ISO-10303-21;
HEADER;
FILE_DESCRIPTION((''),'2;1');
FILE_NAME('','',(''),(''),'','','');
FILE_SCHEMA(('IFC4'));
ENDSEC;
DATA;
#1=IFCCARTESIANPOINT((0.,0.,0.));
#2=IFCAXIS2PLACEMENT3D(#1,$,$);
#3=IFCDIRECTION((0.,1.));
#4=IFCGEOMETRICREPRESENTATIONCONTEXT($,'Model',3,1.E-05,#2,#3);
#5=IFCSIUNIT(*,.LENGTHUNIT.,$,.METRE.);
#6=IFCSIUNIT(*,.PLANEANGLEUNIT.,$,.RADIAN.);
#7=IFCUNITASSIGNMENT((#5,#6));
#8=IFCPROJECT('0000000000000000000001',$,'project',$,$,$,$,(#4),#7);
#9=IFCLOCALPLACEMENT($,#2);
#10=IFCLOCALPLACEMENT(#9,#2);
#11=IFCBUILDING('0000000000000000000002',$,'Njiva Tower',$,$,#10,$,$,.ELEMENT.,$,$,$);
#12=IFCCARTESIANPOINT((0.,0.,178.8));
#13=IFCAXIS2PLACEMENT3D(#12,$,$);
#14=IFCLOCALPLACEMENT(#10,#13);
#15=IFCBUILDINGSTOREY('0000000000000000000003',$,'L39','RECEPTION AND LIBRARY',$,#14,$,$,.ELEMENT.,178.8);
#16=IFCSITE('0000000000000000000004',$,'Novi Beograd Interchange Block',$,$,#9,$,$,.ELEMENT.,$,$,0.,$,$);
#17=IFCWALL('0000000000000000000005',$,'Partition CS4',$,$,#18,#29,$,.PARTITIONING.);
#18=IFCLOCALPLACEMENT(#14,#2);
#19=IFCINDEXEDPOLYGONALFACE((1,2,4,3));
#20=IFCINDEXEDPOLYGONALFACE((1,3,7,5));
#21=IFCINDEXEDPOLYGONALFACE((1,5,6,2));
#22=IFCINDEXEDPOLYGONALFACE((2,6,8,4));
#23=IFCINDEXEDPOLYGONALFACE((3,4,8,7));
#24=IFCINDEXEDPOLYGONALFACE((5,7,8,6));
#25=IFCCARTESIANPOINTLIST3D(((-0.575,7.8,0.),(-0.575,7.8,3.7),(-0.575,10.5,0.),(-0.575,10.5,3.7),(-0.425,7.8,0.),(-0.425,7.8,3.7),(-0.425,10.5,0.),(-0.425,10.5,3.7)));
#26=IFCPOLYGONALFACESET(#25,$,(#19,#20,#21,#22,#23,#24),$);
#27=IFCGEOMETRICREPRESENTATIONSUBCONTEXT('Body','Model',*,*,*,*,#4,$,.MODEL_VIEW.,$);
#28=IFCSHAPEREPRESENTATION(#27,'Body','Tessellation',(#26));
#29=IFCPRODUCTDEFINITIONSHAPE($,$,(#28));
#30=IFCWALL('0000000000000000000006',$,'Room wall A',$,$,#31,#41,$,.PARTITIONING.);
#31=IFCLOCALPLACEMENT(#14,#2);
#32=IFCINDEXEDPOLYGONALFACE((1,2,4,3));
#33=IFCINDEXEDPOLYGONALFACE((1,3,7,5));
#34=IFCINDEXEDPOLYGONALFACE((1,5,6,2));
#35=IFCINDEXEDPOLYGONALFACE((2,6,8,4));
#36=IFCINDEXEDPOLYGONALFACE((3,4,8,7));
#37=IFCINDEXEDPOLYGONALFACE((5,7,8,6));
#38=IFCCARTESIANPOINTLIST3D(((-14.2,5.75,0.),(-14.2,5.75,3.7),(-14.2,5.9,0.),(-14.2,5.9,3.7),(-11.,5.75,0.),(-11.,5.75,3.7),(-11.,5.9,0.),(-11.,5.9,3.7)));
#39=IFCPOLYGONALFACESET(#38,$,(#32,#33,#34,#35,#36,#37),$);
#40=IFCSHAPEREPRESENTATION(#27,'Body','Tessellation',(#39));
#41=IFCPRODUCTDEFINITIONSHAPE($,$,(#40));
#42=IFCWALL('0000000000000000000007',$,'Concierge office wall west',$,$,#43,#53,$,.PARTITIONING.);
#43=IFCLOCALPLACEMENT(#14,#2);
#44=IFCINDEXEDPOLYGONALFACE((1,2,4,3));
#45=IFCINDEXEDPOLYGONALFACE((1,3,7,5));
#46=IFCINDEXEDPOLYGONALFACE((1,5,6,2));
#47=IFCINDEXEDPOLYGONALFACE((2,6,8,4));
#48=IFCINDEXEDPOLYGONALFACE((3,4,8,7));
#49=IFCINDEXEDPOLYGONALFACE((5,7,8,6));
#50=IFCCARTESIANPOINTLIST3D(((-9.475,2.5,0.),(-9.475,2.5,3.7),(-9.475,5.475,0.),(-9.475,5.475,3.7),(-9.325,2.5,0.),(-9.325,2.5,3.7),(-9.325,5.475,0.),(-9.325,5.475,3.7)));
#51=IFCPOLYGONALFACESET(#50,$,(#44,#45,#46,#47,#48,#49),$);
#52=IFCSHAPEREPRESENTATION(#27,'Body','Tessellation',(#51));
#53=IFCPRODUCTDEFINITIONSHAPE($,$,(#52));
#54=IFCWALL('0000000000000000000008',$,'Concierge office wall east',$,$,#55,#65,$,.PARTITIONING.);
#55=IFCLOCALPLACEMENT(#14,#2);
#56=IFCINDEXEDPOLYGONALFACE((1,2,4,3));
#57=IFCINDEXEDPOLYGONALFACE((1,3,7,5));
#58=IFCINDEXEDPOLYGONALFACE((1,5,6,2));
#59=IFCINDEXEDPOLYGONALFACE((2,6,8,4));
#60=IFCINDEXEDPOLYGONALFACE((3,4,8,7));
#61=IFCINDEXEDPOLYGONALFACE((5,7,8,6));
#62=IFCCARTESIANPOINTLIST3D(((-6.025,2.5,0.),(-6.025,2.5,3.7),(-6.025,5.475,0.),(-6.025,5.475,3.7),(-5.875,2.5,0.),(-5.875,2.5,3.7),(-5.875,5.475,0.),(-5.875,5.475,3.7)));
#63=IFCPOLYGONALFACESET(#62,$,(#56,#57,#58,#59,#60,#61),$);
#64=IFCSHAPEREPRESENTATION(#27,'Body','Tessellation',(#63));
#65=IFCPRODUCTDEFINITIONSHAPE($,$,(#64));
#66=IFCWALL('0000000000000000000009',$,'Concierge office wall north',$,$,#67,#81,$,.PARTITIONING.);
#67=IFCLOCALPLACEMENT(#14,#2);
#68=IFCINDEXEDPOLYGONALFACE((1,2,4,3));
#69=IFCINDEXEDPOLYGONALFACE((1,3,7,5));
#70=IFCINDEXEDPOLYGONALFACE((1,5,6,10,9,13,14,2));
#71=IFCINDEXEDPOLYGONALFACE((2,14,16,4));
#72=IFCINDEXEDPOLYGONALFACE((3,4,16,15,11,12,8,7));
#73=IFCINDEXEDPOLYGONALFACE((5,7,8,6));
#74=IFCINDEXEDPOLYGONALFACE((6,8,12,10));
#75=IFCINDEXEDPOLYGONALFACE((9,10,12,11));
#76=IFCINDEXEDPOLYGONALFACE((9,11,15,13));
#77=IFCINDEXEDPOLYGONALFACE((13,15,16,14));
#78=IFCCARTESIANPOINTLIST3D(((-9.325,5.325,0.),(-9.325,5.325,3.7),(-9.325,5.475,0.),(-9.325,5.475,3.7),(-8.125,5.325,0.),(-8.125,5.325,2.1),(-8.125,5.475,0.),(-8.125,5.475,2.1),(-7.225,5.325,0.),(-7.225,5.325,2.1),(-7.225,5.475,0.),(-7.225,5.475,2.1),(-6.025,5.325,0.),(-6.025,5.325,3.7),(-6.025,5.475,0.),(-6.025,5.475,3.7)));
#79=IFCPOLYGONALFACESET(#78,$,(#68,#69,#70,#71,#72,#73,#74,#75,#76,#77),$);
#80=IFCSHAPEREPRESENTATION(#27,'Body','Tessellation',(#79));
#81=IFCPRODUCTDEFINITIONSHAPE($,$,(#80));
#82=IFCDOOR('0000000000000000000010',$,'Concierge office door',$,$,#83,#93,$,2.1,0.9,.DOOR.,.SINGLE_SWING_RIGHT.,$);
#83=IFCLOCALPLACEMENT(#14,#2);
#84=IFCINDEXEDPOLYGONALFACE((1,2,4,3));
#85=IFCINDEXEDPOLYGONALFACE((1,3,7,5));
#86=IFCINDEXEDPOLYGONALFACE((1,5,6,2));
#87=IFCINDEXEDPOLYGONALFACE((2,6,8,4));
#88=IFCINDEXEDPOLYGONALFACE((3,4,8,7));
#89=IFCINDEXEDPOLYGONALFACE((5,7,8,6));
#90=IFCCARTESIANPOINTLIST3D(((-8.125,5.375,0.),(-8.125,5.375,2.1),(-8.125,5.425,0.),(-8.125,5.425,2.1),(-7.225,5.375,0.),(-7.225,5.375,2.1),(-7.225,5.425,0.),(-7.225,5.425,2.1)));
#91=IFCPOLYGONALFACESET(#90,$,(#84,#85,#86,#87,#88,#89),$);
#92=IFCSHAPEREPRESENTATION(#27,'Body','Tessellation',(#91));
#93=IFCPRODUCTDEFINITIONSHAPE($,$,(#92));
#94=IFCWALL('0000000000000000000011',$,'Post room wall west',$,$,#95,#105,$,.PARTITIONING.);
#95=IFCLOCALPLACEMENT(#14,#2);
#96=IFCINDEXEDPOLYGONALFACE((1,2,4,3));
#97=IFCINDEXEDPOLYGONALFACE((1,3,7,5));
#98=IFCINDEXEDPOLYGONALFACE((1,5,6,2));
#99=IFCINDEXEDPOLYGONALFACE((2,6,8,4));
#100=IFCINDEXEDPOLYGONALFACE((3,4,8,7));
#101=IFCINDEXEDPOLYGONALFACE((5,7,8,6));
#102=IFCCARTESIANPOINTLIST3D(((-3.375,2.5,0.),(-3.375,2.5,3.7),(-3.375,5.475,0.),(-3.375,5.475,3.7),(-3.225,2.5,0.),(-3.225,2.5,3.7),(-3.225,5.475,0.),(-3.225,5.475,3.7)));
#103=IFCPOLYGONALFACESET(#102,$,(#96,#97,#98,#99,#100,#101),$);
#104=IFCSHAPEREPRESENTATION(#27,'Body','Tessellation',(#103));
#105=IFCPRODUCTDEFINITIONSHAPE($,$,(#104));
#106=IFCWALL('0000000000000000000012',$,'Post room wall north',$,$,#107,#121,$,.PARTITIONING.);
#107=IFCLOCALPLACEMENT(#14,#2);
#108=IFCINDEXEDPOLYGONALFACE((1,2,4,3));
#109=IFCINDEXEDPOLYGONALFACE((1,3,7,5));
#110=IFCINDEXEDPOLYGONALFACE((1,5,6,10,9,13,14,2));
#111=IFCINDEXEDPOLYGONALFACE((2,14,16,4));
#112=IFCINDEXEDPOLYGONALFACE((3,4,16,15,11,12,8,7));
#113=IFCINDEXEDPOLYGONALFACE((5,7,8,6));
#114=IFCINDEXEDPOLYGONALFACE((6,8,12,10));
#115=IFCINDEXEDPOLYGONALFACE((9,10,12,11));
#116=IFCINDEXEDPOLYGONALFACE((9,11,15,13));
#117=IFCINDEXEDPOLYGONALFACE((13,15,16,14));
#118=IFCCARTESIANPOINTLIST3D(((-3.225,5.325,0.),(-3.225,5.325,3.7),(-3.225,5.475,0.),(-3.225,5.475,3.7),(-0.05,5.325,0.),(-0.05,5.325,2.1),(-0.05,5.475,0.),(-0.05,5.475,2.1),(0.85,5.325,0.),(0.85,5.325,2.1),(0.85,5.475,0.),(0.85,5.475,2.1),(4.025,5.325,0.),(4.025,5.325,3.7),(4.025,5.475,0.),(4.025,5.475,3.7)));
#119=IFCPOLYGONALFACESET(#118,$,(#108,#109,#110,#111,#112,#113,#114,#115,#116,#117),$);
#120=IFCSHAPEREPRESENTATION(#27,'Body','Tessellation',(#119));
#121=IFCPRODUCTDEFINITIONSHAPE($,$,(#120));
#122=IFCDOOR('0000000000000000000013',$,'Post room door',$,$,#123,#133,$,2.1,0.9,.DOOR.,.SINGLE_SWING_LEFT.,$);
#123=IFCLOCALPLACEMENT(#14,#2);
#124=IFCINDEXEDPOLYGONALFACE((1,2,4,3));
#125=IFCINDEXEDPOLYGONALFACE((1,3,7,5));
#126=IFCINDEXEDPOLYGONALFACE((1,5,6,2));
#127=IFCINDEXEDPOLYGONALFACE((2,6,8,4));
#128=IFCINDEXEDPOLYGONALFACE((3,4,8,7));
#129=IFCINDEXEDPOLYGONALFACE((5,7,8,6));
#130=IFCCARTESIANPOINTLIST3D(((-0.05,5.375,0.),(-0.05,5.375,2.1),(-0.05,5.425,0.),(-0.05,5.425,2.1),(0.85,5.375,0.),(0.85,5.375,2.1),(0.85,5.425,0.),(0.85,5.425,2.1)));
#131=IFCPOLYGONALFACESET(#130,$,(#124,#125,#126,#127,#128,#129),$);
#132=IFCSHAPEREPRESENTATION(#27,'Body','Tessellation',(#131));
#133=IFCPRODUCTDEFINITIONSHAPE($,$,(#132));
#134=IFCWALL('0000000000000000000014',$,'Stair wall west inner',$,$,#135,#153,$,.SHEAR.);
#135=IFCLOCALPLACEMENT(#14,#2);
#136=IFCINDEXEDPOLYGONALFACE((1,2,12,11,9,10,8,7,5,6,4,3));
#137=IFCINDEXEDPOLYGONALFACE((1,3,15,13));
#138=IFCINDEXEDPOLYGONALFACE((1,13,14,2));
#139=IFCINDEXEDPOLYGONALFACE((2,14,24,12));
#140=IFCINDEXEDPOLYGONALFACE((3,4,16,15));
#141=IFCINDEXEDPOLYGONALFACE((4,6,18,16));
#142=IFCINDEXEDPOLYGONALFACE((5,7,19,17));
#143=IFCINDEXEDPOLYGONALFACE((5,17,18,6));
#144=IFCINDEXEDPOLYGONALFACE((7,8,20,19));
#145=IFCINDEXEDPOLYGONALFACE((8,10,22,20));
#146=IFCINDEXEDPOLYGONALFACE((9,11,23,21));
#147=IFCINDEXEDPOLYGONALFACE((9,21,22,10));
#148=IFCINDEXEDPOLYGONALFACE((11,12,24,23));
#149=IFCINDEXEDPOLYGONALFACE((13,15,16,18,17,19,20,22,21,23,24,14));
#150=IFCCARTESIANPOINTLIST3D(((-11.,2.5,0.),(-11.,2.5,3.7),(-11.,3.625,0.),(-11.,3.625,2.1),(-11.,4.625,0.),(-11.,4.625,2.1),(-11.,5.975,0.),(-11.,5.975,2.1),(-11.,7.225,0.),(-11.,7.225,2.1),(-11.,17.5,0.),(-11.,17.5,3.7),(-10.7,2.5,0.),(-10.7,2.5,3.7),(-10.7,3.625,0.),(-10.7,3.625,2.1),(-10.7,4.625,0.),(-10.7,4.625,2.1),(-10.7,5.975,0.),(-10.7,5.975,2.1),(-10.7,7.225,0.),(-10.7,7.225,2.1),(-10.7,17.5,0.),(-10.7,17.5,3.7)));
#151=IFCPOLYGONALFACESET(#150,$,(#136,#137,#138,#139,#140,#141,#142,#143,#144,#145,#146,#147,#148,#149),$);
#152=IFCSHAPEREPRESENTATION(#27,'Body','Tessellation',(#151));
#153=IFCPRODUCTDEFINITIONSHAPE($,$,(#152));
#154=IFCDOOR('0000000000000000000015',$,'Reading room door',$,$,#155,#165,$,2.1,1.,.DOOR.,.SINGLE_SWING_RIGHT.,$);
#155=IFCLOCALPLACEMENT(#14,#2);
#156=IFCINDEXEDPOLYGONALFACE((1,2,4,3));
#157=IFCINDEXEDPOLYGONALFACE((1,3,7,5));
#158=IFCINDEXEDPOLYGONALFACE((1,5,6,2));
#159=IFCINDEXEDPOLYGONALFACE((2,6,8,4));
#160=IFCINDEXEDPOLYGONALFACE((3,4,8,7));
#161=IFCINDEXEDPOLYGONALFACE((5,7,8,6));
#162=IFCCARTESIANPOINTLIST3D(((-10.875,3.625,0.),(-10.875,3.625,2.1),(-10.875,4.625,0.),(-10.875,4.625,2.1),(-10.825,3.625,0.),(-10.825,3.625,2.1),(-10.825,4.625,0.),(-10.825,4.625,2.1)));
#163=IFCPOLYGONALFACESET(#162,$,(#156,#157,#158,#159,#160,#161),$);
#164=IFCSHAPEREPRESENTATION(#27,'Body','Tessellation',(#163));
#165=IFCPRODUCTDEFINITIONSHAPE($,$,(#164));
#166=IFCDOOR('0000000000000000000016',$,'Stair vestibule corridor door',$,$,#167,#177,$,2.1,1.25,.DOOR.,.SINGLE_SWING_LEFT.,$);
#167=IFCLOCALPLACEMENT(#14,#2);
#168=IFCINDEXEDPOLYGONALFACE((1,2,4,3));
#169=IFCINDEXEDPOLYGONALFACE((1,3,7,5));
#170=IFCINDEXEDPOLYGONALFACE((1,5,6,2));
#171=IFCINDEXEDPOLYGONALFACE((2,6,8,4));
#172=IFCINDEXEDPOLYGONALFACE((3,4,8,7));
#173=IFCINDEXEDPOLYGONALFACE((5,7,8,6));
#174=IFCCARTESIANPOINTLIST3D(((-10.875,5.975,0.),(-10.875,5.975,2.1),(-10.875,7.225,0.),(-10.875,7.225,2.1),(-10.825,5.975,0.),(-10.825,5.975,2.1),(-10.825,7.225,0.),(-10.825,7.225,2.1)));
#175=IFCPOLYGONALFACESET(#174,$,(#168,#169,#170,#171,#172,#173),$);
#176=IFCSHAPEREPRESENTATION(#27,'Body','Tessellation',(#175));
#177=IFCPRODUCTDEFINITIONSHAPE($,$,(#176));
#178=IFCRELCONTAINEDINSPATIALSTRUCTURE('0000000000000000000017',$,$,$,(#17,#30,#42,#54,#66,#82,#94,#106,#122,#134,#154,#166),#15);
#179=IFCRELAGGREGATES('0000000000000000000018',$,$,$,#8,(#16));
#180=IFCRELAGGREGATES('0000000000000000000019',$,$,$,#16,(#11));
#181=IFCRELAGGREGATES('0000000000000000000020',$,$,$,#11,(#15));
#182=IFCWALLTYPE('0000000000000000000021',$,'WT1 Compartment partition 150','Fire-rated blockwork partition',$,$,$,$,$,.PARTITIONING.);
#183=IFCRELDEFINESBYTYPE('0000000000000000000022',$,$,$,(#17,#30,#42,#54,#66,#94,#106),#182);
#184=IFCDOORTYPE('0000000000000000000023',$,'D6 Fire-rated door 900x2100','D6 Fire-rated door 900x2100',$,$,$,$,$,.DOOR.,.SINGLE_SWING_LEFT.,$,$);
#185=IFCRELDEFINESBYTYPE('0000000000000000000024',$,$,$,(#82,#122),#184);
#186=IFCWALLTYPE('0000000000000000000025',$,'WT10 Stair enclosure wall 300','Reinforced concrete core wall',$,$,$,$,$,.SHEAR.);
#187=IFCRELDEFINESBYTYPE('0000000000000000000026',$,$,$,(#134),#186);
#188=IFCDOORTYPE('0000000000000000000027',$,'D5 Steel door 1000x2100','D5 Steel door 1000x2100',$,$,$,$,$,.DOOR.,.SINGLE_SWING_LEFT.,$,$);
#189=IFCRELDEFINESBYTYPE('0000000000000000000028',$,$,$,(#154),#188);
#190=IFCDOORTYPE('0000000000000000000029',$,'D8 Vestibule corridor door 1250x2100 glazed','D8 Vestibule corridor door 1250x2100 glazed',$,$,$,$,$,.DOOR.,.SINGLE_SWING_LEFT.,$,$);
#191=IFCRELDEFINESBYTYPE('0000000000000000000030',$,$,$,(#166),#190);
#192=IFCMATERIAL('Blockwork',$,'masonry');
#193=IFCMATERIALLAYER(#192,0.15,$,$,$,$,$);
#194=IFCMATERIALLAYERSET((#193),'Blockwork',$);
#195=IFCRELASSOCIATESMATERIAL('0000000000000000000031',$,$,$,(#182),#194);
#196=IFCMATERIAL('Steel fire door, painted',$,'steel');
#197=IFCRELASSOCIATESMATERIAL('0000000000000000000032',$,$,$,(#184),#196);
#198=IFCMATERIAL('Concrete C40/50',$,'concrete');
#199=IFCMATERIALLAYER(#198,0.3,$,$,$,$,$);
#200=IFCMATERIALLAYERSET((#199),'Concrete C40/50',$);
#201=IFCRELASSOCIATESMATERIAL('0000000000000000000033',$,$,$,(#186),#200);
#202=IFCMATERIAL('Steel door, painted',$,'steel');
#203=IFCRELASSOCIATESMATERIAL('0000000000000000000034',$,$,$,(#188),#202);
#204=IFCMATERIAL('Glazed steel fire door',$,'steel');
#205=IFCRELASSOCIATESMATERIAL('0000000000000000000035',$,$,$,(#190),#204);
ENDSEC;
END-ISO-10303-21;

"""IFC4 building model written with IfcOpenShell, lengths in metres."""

from ifc_helpers import new_model, si_unit, direction, frame, frame_2d, origin, place, context, subcontext, project, spatial, rectangle, extrude, material, layer, layer_set, type_object, element, fill, save


model = new_model("IFC4")

# Units and contexts
model_context = context("Model", 3, precision=1e-05, world=origin(), true_north=direction((0.0, 1.0)))
body_context = subcontext(model_context, "Body", "Model", "MODEL_VIEW")
ifc_project = project(units=[si_unit("LENGTHUNIT", "METRE"), si_unit("PLANEANGLEUNIT", "RADIAN")], contexts=[model_context])

# Site, building, storey
site_placement = place(None, origin())
site = spatial("IfcSite", under=ifc_project, at=site_placement, Name="Novi Beograd Interchange Block", CompositionType="ELEMENT", RefElevation=0.0)
building_placement = place(site_placement, origin())
building = spatial("IfcBuilding", under=site, at=building_placement, Name="Njiva Tower", CompositionType="ELEMENT")
storey_placement = place(building_placement, frame((0.0, 0.0, 178.8)))
storey = spatial("IfcBuildingStorey", under=building, at=storey_placement, Name="L39", Description="RECEPTION AND LIBRARY", CompositionType="ELEMENT", Elevation=178.8)

# Walls
ifc_material_1 = material(Name="Blockwork", Category="masonry")
ifc_layer_1 = layer(ifc_material_1, 0.15)
ifc_layer_set_1 = layer_set([ifc_layer_1], Name="Blockwork")
wall_type_1 = type_object("IfcWallType", Name="WT1 Compartment partition 150", Description="Fire-rated blockwork partition", PredefinedType="PARTITIONING", material=ifc_layer_set_1)
wall_1_placement = place(storey_placement, frame((-0.5, 7.8, 0.0), z_axis=(0.0, 0.0, 1.0), x_axis=(0.0, 1.0, 0.0)))
element("IfcWall", 1, at=wall_1_placement, inside=storey, type_object=wall_type_1, Name="Partition CS4", PredefinedType="PARTITIONING", context=body_context, shape_type="SweptSolid", body=[
    extrude(rectangle(XDim=2.7, YDim=0.15, at=frame_2d((1.35, 0.0))), origin(), (0.0, 0.0, 1.0), 3.7),
])
wall_2_placement = place(storey_placement, frame((-14.2, 5.825, 0.0), z_axis=(0.0, 0.0, 1.0), x_axis=(1.0, 0.0, 0.0)))
element("IfcWall", 2, at=wall_2_placement, inside=storey, type_object=wall_type_1, Name="Room wall A", PredefinedType="PARTITIONING", context=body_context, shape_type="SweptSolid", body=[
    extrude(rectangle(XDim=3.2, YDim=0.15, at=frame_2d((1.6, 0.0))), origin(), (0.0, 0.0, 1.0), 3.7),
])
for number, where, z_axis, x_axis, name in (
    (3, (-9.4, 2.5, 0.0), (0.0, 0.0, 1.0), (0.0, 1.0, 0.0), "Concierge office wall west"),
    (4, (-5.95, 2.5, 0.0), (0.0, 0.0, 1.0), (0.0, 1.0, 0.0), "Concierge office wall east"),
):
    element("IfcWall", number, at=place(storey_placement, frame(where, z_axis=z_axis, x_axis=x_axis)), inside=storey, type_object=wall_type_1, Name=name, PredefinedType="PARTITIONING", context=body_context, shape_type="SweptSolid", body=[
        extrude(rectangle(XDim=2.975, YDim=0.15, at=frame_2d((1.4875, 0.0))), origin(), (0.0, 0.0, 1.0), 3.7),
    ])

# Wall, opening, door
wall_3_placement = place(storey_placement, frame((-9.325, 5.4, 0.0), z_axis=(0.0, 0.0, 1.0), x_axis=(1.0, 0.0, 0.0)))
wall_3 = element("IfcWall", 5, at=wall_3_placement, inside=storey, type_object=wall_type_1, Name="Concierge office wall north", PredefinedType="PARTITIONING", context=body_context, shape_type="SweptSolid", body=[
    extrude(rectangle(XDim=3.3, YDim=0.15, at=frame_2d((1.65, 0.0))), origin(), (0.0, 0.0, 1.0), 3.7),
])
opening_1_placement = place(wall_3_placement, frame((1.2, 0.0, 0.0)))
opening_1 = element("IfcOpeningElement", 6, at=opening_1_placement, cuts=wall_3, PredefinedType="OPENING", context=body_context, shape_type="SweptSolid", body=[
    extrude(rectangle(XDim=0.9, YDim=2.1, at=frame_2d((0.45, 1.05))), frame((0.0, 0.085, 0.0), z_axis=(0.0, -1.0, 0.0), x_axis=(1.0, 0.0, 0.0)), (0.0, 0.0, 1.0), 0.17),
])
ifc_material_2 = material(Name="Steel fire door, painted", Category="steel")
door_type_1 = type_object("IfcDoorType", Name="D6 Fire-rated door 900x2100", Description="D6 Fire-rated door 900x2100", OperationType="SINGLE_SWING_LEFT", PredefinedType="DOOR", material=ifc_material_2)
door_1_placement = place(opening_1_placement, origin())
door_1 = element("IfcDoor", 7, at=door_1_placement, inside=storey, type_object=door_type_1, Name="Concierge office door", OperationType="SINGLE_SWING_RIGHT", OverallHeight=2.1, OverallWidth=0.9, PredefinedType="DOOR", context=body_context, shape_type="SweptSolid", body=[
    extrude(rectangle(XDim=0.9, YDim=2.1, at=frame_2d((0.45, 1.05))), frame((0.0, 0.025, 0.0), z_axis=(0.0, -1.0, 0.0), x_axis=(1.0, 0.0, 0.0)), (0.0, 0.0, 1.0), 0.05),
])
fill(opening_1, door_1)

# Wall
wall_4_placement = place(storey_placement, frame((-3.3, 2.5, 0.0), z_axis=(0.0, 0.0, 1.0), x_axis=(0.0, 1.0, 0.0)))
element("IfcWall", 8, at=wall_4_placement, inside=storey, type_object=wall_type_1, Name="Post room wall west", PredefinedType="PARTITIONING", context=body_context, shape_type="SweptSolid", body=[
    extrude(rectangle(XDim=2.975, YDim=0.15, at=frame_2d((1.4875, 0.0))), origin(), (0.0, 0.0, 1.0), 3.7),
])

# Wall, opening, door
wall_5_placement = place(storey_placement, frame((-3.225, 5.4, 0.0), z_axis=(0.0, 0.0, 1.0), x_axis=(1.0, 0.0, 0.0)))
wall_5 = element("IfcWall", 9, at=wall_5_placement, inside=storey, type_object=wall_type_1, Name="Post room wall north", PredefinedType="PARTITIONING", context=body_context, shape_type="SweptSolid", body=[
    extrude(rectangle(XDim=7.25, YDim=0.15, at=frame_2d((3.625, 0.0))), origin(), (0.0, 0.0, 1.0), 3.7),
])
opening_2_placement = place(wall_5_placement, frame((3.175, 0.0, 0.0)))
opening_2 = element("IfcOpeningElement", 10, at=opening_2_placement, cuts=wall_5, PredefinedType="OPENING", context=body_context, shape_type="SweptSolid", body=[
    extrude(rectangle(XDim=0.9, YDim=2.1, at=frame_2d((0.45, 1.05))), frame((0.0, 0.085, 0.0), z_axis=(0.0, -1.0, 0.0), x_axis=(1.0, 0.0, 0.0)), (0.0, 0.0, 1.0), 0.17),
])
door_2_placement = place(opening_2_placement, origin())
door_2 = element("IfcDoor", 11, at=door_2_placement, inside=storey, type_object=door_type_1, Name="Post room door", OperationType="SINGLE_SWING_LEFT", OverallHeight=2.1, OverallWidth=0.9, PredefinedType="DOOR", context=body_context, shape_type="SweptSolid", body=[
    extrude(rectangle(XDim=0.9, YDim=2.1, at=frame_2d((0.45, 1.05))), frame((0.0, 0.025, 0.0), z_axis=(0.0, -1.0, 0.0), x_axis=(1.0, 0.0, 0.0)), (0.0, 0.0, 1.0), 0.05),
])
fill(opening_2, door_2)

# Wall, openings, doors
ifc_material_3 = material(Name="Concrete C40/50", Category="concrete")
ifc_layer_2 = layer(ifc_material_3, 0.3)
ifc_layer_set_2 = layer_set([ifc_layer_2], Name="Concrete C40/50")
wall_type_2 = type_object("IfcWallType", Name="WT10 Stair enclosure wall 300", Description="Reinforced concrete core wall", PredefinedType="SHEAR", material=ifc_layer_set_2)
wall_6_placement = place(storey_placement, frame((-10.85, 2.5, 0.0), z_axis=(0.0, 0.0, 1.0), x_axis=(0.0, 1.0, 0.0)))
wall_6 = element("IfcWall", 12, at=wall_6_placement, inside=storey, type_object=wall_type_2, Name="Stair wall west inner", PredefinedType="SHEAR", context=body_context, shape_type="SweptSolid", body=[
    extrude(rectangle(XDim=15.0, YDim=0.3, at=frame_2d((7.5, 0.0))), origin(), (0.0, 0.0, 1.0), 3.7),
])
opening_3_placement = place(wall_6_placement, frame((3.475, 0.0, 0.0)))
opening_3 = element("IfcOpeningElement", 13, at=opening_3_placement, cuts=wall_6, PredefinedType="OPENING", context=body_context, shape_type="SweptSolid", body=[
    extrude(rectangle(XDim=1.25, YDim=2.1, at=frame_2d((0.625, 1.05))), frame((0.0, 0.16, 0.0), z_axis=(0.0, -1.0, 0.0), x_axis=(1.0, 0.0, 0.0)), (0.0, 0.0, 1.0), 0.32),
])
opening_4_placement = place(wall_6_placement, frame((1.125, 0.0, 0.0)))
opening_4 = element("IfcOpeningElement", 14, at=opening_4_placement, cuts=wall_6, PredefinedType="OPENING", context=body_context, shape_type="SweptSolid", body=[
    extrude(rectangle(XDim=1.0, YDim=2.1, at=frame_2d((0.5, 1.05))), frame((0.0, 0.16, 0.0), z_axis=(0.0, -1.0, 0.0), x_axis=(1.0, 0.0, 0.0)), (0.0, 0.0, 1.0), 0.32),
])
ifc_material_4 = material(Name="Steel door, painted", Category="steel")
door_type_2 = type_object("IfcDoorType", Name="D5 Steel door 1000x2100", Description="D5 Steel door 1000x2100", OperationType="SINGLE_SWING_LEFT", PredefinedType="DOOR", material=ifc_material_4)
door_3_placement = place(opening_4_placement, origin())
door_3 = element("IfcDoor", 15, at=door_3_placement, inside=storey, type_object=door_type_2, Name="Reading room door", OperationType="SINGLE_SWING_RIGHT", OverallHeight=2.1, OverallWidth=1.0, PredefinedType="DOOR", context=body_context, shape_type="SweptSolid", body=[
    extrude(rectangle(XDim=1.0, YDim=2.1, at=frame_2d((0.5, 1.05))), frame((0.0, 0.025, 0.0), z_axis=(0.0, -1.0, 0.0), x_axis=(1.0, 0.0, 0.0)), (0.0, 0.0, 1.0), 0.05),
])
fill(opening_4, door_3)
ifc_material_5 = material(Name="Glazed steel fire door", Category="steel")
door_type_3 = type_object("IfcDoorType", Name="D8 Vestibule corridor door 1250x2100 glazed", Description="D8 Vestibule corridor door 1250x2100 glazed", OperationType="SINGLE_SWING_LEFT", PredefinedType="DOOR", material=ifc_material_5)
door_4_placement = place(opening_3_placement, origin())
door_4 = element("IfcDoor", 16, at=door_4_placement, inside=storey, type_object=door_type_3, Name="Stair vestibule corridor door", OperationType="SINGLE_SWING_LEFT", OverallHeight=2.1, OverallWidth=1.25, PredefinedType="DOOR", context=body_context, shape_type="SweptSolid", body=[
    extrude(rectangle(XDim=1.25, YDim=2.1, at=frame_2d((0.625, 1.05))), frame((0.0, 0.025, 0.0), z_axis=(0.0, -1.0, 0.0), x_axis=(1.0, 0.0, 0.0)), (0.0, 0.0, 1.0), 0.05),
])
fill(opening_3, door_4)

save(model, "model.ifc")
